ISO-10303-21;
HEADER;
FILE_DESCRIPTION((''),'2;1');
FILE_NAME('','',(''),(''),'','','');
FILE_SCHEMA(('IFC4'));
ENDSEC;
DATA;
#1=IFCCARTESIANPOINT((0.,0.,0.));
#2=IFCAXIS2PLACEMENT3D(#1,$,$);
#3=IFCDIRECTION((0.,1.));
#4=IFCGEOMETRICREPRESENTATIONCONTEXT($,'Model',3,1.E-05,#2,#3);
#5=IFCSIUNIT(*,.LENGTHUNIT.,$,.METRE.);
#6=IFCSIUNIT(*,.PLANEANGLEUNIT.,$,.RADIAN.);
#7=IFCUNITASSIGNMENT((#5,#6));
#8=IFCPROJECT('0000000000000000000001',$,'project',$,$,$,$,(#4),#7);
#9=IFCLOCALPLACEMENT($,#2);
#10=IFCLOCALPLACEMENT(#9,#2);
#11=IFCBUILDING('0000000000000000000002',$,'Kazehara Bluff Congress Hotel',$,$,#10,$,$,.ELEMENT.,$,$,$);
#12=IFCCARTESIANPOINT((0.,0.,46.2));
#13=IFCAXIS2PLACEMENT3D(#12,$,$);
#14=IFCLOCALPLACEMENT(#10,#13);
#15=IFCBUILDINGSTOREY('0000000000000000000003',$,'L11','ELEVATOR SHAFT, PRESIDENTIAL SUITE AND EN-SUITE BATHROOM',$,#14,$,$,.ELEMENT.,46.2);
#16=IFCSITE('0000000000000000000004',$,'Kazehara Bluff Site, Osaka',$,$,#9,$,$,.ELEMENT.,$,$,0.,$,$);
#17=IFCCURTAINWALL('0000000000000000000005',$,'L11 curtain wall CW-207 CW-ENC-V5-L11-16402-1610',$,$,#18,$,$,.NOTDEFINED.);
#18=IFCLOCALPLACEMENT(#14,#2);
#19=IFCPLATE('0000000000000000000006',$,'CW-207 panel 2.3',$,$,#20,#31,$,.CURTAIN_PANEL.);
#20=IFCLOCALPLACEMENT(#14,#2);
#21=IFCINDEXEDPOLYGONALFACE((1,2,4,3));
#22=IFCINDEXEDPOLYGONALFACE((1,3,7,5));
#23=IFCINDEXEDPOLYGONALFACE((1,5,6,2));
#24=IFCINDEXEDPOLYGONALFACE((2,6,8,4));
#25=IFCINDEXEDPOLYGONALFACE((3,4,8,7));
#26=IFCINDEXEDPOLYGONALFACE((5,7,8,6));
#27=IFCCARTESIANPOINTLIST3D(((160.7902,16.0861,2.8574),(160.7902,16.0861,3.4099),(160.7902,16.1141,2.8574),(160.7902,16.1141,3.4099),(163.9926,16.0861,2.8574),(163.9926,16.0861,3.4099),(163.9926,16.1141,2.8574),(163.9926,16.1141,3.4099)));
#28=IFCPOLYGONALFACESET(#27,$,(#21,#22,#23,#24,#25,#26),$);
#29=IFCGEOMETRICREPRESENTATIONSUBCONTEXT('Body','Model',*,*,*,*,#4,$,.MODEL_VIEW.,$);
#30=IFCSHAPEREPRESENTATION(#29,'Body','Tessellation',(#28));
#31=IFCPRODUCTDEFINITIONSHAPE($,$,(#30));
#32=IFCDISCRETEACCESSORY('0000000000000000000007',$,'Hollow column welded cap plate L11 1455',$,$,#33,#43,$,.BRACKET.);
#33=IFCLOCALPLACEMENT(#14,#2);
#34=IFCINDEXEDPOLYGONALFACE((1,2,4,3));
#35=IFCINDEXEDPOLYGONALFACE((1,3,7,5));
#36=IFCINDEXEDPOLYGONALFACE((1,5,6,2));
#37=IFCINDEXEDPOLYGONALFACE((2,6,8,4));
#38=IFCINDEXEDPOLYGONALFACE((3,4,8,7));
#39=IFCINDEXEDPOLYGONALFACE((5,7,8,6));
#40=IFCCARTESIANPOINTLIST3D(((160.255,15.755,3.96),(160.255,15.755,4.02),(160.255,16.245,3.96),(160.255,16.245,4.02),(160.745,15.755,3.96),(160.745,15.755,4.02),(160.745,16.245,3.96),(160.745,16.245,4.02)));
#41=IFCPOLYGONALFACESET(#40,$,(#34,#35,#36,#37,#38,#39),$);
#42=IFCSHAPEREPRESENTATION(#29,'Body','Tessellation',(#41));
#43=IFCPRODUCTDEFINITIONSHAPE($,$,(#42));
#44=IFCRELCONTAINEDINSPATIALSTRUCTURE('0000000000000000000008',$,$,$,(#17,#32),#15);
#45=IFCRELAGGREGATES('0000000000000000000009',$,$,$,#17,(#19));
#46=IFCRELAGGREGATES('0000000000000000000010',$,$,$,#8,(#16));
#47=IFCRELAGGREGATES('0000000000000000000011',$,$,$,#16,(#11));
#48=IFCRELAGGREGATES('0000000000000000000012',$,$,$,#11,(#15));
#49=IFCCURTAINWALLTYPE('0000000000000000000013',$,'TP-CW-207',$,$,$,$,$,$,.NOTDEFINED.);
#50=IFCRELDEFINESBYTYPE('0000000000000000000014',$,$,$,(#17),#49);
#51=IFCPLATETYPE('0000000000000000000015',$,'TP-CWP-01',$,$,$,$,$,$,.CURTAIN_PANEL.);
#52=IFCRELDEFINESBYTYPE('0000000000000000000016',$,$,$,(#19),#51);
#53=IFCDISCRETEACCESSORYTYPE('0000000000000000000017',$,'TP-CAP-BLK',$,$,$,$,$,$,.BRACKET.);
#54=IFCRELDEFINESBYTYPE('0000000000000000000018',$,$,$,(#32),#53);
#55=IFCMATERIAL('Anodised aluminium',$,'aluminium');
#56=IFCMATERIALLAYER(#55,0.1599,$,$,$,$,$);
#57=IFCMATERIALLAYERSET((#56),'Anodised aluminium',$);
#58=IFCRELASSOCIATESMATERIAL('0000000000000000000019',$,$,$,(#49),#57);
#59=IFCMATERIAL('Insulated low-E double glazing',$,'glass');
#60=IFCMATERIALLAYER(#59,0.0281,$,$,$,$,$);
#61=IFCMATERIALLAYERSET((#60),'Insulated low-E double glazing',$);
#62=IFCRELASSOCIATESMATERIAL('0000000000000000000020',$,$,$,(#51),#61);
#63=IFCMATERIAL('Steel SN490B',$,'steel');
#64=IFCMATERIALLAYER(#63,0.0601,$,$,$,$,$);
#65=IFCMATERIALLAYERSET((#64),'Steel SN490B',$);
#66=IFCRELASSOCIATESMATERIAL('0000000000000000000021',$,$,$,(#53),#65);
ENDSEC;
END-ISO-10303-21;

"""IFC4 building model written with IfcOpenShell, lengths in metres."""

from ifc_helpers import new_model, si_unit, direction, frame, origin, origin_2d, place, context, subcontext, project, spatial, rectangle, extrude, material, layer, layer_set, type_object, element, aggregate, save


model = new_model("IFC4")

# Units and contexts
model_context = context("Model", 3, precision=1e-05, world=origin(), true_north=direction((0.0, 1.0)))
body_context = subcontext(model_context, "Body", "Model", "MODEL_VIEW")
ifc_project = project(units=[si_unit("LENGTHUNIT", "METRE"), si_unit("PLANEANGLEUNIT", "RADIAN")], contexts=[model_context])

# Site, building, storey
site_placement = place(None, origin())
site = spatial("IfcSite", under=ifc_project, at=site_placement, Name="Kazehara Bluff Site, Osaka", CompositionType="ELEMENT", RefElevation=0.0)
building_placement = place(site_placement, origin())
building = spatial("IfcBuilding", under=site, at=building_placement, Name="Kazehara Bluff Congress Hotel", CompositionType="ELEMENT")
storey_placement = place(building_placement, frame((0.0, 0.0, 46.2)))
storey = spatial("IfcBuildingStorey", under=building, at=storey_placement, Name="L11", Description="ELEVATOR SHAFT, PRESIDENTIAL SUITE AND EN-SUITE BATHROOM", CompositionType="ELEMENT", Elevation=46.2)

# Curtain wall
ifc_material_1 = material(Name="Anodised aluminium", Category="aluminium")
ifc_layer_1 = layer(ifc_material_1, 0.1599)
ifc_layer_set_1 = layer_set([ifc_layer_1], Name="Anodised aluminium")
curtain_wall_type_1 = type_object("IfcCurtainWallType", Name="TP-CW-207", PredefinedType="NOTDEFINED", material=ifc_layer_set_1)
curtain_wall_1_placement = place(storey_placement, origin())
curtain_wall_1 = element("IfcCurtainWall", 1, at=curtain_wall_1_placement, inside=storey, type_object=curtain_wall_type_1, Name="L11 curtain wall CW-207 CW-ENC-V5-L11-16402-1610", PredefinedType="NOTDEFINED")

# Plate
ifc_material_2 = material(Name="Insulated low-E double glazing", Category="glass")
ifc_layer_2 = layer(ifc_material_2, 0.0281)
ifc_layer_set_2 = layer_set([ifc_layer_2], Name="Insulated low-E double glazing")
plate_type = type_object("IfcPlateType", Name="TP-CWP-01", PredefinedType="CURTAIN_PANEL", material=ifc_layer_set_2)
plate_1_placement = place(storey_placement, frame((162.3914, 16.1001, 2.8574), z_axis=(0.0, 0.0, 1.0), x_axis=(-1.0, 0.0, 0.0)))
plate_1 = element("IfcPlate", 2, at=plate_1_placement, type_object=plate_type, Name="CW-207 panel 2.3", PredefinedType="CURTAIN_PANEL", context=body_context, shape_type="SweptSolid", body=[
    extrude(rectangle(XDim=3.2024, YDim=0.0281, at=origin_2d()), origin(), (0.0, 0.0, 1.0), 0.5525),
])
aggregate(curtain_wall_1, [plate_1])

# Discrete accessory
ifc_material_3 = material(Name="Steel SN490B", Category="steel")
ifc_layer_3 = layer(ifc_material_3, 0.0601)
ifc_layer_set_3 = layer_set([ifc_layer_3], Name="Steel SN490B")
discrete_accessory_type = type_object("IfcDiscreteAccessoryType", Name="TP-CAP-BLK", PredefinedType="BRACKET", material=ifc_layer_set_3)
discrete_accessory_placement = place(storey_placement, frame((160.5, 16.0, 3.96), z_axis=(0.0, 0.0, 1.0), x_axis=(1.0, 0.0, 0.0)))
element("IfcDiscreteAccessory", 3, at=discrete_accessory_placement, inside=storey, type_object=discrete_accessory_type, Name="Hollow column welded cap plate L11 1455", PredefinedType="BRACKET", context=body_context, shape_type="SweptSolid", body=[
    extrude(rectangle(XDim=0.49, YDim=0.49, at=origin_2d()), origin(), (0.0, 0.0, 1.0), 0.0601),
])

save(model, "model.ifc")
